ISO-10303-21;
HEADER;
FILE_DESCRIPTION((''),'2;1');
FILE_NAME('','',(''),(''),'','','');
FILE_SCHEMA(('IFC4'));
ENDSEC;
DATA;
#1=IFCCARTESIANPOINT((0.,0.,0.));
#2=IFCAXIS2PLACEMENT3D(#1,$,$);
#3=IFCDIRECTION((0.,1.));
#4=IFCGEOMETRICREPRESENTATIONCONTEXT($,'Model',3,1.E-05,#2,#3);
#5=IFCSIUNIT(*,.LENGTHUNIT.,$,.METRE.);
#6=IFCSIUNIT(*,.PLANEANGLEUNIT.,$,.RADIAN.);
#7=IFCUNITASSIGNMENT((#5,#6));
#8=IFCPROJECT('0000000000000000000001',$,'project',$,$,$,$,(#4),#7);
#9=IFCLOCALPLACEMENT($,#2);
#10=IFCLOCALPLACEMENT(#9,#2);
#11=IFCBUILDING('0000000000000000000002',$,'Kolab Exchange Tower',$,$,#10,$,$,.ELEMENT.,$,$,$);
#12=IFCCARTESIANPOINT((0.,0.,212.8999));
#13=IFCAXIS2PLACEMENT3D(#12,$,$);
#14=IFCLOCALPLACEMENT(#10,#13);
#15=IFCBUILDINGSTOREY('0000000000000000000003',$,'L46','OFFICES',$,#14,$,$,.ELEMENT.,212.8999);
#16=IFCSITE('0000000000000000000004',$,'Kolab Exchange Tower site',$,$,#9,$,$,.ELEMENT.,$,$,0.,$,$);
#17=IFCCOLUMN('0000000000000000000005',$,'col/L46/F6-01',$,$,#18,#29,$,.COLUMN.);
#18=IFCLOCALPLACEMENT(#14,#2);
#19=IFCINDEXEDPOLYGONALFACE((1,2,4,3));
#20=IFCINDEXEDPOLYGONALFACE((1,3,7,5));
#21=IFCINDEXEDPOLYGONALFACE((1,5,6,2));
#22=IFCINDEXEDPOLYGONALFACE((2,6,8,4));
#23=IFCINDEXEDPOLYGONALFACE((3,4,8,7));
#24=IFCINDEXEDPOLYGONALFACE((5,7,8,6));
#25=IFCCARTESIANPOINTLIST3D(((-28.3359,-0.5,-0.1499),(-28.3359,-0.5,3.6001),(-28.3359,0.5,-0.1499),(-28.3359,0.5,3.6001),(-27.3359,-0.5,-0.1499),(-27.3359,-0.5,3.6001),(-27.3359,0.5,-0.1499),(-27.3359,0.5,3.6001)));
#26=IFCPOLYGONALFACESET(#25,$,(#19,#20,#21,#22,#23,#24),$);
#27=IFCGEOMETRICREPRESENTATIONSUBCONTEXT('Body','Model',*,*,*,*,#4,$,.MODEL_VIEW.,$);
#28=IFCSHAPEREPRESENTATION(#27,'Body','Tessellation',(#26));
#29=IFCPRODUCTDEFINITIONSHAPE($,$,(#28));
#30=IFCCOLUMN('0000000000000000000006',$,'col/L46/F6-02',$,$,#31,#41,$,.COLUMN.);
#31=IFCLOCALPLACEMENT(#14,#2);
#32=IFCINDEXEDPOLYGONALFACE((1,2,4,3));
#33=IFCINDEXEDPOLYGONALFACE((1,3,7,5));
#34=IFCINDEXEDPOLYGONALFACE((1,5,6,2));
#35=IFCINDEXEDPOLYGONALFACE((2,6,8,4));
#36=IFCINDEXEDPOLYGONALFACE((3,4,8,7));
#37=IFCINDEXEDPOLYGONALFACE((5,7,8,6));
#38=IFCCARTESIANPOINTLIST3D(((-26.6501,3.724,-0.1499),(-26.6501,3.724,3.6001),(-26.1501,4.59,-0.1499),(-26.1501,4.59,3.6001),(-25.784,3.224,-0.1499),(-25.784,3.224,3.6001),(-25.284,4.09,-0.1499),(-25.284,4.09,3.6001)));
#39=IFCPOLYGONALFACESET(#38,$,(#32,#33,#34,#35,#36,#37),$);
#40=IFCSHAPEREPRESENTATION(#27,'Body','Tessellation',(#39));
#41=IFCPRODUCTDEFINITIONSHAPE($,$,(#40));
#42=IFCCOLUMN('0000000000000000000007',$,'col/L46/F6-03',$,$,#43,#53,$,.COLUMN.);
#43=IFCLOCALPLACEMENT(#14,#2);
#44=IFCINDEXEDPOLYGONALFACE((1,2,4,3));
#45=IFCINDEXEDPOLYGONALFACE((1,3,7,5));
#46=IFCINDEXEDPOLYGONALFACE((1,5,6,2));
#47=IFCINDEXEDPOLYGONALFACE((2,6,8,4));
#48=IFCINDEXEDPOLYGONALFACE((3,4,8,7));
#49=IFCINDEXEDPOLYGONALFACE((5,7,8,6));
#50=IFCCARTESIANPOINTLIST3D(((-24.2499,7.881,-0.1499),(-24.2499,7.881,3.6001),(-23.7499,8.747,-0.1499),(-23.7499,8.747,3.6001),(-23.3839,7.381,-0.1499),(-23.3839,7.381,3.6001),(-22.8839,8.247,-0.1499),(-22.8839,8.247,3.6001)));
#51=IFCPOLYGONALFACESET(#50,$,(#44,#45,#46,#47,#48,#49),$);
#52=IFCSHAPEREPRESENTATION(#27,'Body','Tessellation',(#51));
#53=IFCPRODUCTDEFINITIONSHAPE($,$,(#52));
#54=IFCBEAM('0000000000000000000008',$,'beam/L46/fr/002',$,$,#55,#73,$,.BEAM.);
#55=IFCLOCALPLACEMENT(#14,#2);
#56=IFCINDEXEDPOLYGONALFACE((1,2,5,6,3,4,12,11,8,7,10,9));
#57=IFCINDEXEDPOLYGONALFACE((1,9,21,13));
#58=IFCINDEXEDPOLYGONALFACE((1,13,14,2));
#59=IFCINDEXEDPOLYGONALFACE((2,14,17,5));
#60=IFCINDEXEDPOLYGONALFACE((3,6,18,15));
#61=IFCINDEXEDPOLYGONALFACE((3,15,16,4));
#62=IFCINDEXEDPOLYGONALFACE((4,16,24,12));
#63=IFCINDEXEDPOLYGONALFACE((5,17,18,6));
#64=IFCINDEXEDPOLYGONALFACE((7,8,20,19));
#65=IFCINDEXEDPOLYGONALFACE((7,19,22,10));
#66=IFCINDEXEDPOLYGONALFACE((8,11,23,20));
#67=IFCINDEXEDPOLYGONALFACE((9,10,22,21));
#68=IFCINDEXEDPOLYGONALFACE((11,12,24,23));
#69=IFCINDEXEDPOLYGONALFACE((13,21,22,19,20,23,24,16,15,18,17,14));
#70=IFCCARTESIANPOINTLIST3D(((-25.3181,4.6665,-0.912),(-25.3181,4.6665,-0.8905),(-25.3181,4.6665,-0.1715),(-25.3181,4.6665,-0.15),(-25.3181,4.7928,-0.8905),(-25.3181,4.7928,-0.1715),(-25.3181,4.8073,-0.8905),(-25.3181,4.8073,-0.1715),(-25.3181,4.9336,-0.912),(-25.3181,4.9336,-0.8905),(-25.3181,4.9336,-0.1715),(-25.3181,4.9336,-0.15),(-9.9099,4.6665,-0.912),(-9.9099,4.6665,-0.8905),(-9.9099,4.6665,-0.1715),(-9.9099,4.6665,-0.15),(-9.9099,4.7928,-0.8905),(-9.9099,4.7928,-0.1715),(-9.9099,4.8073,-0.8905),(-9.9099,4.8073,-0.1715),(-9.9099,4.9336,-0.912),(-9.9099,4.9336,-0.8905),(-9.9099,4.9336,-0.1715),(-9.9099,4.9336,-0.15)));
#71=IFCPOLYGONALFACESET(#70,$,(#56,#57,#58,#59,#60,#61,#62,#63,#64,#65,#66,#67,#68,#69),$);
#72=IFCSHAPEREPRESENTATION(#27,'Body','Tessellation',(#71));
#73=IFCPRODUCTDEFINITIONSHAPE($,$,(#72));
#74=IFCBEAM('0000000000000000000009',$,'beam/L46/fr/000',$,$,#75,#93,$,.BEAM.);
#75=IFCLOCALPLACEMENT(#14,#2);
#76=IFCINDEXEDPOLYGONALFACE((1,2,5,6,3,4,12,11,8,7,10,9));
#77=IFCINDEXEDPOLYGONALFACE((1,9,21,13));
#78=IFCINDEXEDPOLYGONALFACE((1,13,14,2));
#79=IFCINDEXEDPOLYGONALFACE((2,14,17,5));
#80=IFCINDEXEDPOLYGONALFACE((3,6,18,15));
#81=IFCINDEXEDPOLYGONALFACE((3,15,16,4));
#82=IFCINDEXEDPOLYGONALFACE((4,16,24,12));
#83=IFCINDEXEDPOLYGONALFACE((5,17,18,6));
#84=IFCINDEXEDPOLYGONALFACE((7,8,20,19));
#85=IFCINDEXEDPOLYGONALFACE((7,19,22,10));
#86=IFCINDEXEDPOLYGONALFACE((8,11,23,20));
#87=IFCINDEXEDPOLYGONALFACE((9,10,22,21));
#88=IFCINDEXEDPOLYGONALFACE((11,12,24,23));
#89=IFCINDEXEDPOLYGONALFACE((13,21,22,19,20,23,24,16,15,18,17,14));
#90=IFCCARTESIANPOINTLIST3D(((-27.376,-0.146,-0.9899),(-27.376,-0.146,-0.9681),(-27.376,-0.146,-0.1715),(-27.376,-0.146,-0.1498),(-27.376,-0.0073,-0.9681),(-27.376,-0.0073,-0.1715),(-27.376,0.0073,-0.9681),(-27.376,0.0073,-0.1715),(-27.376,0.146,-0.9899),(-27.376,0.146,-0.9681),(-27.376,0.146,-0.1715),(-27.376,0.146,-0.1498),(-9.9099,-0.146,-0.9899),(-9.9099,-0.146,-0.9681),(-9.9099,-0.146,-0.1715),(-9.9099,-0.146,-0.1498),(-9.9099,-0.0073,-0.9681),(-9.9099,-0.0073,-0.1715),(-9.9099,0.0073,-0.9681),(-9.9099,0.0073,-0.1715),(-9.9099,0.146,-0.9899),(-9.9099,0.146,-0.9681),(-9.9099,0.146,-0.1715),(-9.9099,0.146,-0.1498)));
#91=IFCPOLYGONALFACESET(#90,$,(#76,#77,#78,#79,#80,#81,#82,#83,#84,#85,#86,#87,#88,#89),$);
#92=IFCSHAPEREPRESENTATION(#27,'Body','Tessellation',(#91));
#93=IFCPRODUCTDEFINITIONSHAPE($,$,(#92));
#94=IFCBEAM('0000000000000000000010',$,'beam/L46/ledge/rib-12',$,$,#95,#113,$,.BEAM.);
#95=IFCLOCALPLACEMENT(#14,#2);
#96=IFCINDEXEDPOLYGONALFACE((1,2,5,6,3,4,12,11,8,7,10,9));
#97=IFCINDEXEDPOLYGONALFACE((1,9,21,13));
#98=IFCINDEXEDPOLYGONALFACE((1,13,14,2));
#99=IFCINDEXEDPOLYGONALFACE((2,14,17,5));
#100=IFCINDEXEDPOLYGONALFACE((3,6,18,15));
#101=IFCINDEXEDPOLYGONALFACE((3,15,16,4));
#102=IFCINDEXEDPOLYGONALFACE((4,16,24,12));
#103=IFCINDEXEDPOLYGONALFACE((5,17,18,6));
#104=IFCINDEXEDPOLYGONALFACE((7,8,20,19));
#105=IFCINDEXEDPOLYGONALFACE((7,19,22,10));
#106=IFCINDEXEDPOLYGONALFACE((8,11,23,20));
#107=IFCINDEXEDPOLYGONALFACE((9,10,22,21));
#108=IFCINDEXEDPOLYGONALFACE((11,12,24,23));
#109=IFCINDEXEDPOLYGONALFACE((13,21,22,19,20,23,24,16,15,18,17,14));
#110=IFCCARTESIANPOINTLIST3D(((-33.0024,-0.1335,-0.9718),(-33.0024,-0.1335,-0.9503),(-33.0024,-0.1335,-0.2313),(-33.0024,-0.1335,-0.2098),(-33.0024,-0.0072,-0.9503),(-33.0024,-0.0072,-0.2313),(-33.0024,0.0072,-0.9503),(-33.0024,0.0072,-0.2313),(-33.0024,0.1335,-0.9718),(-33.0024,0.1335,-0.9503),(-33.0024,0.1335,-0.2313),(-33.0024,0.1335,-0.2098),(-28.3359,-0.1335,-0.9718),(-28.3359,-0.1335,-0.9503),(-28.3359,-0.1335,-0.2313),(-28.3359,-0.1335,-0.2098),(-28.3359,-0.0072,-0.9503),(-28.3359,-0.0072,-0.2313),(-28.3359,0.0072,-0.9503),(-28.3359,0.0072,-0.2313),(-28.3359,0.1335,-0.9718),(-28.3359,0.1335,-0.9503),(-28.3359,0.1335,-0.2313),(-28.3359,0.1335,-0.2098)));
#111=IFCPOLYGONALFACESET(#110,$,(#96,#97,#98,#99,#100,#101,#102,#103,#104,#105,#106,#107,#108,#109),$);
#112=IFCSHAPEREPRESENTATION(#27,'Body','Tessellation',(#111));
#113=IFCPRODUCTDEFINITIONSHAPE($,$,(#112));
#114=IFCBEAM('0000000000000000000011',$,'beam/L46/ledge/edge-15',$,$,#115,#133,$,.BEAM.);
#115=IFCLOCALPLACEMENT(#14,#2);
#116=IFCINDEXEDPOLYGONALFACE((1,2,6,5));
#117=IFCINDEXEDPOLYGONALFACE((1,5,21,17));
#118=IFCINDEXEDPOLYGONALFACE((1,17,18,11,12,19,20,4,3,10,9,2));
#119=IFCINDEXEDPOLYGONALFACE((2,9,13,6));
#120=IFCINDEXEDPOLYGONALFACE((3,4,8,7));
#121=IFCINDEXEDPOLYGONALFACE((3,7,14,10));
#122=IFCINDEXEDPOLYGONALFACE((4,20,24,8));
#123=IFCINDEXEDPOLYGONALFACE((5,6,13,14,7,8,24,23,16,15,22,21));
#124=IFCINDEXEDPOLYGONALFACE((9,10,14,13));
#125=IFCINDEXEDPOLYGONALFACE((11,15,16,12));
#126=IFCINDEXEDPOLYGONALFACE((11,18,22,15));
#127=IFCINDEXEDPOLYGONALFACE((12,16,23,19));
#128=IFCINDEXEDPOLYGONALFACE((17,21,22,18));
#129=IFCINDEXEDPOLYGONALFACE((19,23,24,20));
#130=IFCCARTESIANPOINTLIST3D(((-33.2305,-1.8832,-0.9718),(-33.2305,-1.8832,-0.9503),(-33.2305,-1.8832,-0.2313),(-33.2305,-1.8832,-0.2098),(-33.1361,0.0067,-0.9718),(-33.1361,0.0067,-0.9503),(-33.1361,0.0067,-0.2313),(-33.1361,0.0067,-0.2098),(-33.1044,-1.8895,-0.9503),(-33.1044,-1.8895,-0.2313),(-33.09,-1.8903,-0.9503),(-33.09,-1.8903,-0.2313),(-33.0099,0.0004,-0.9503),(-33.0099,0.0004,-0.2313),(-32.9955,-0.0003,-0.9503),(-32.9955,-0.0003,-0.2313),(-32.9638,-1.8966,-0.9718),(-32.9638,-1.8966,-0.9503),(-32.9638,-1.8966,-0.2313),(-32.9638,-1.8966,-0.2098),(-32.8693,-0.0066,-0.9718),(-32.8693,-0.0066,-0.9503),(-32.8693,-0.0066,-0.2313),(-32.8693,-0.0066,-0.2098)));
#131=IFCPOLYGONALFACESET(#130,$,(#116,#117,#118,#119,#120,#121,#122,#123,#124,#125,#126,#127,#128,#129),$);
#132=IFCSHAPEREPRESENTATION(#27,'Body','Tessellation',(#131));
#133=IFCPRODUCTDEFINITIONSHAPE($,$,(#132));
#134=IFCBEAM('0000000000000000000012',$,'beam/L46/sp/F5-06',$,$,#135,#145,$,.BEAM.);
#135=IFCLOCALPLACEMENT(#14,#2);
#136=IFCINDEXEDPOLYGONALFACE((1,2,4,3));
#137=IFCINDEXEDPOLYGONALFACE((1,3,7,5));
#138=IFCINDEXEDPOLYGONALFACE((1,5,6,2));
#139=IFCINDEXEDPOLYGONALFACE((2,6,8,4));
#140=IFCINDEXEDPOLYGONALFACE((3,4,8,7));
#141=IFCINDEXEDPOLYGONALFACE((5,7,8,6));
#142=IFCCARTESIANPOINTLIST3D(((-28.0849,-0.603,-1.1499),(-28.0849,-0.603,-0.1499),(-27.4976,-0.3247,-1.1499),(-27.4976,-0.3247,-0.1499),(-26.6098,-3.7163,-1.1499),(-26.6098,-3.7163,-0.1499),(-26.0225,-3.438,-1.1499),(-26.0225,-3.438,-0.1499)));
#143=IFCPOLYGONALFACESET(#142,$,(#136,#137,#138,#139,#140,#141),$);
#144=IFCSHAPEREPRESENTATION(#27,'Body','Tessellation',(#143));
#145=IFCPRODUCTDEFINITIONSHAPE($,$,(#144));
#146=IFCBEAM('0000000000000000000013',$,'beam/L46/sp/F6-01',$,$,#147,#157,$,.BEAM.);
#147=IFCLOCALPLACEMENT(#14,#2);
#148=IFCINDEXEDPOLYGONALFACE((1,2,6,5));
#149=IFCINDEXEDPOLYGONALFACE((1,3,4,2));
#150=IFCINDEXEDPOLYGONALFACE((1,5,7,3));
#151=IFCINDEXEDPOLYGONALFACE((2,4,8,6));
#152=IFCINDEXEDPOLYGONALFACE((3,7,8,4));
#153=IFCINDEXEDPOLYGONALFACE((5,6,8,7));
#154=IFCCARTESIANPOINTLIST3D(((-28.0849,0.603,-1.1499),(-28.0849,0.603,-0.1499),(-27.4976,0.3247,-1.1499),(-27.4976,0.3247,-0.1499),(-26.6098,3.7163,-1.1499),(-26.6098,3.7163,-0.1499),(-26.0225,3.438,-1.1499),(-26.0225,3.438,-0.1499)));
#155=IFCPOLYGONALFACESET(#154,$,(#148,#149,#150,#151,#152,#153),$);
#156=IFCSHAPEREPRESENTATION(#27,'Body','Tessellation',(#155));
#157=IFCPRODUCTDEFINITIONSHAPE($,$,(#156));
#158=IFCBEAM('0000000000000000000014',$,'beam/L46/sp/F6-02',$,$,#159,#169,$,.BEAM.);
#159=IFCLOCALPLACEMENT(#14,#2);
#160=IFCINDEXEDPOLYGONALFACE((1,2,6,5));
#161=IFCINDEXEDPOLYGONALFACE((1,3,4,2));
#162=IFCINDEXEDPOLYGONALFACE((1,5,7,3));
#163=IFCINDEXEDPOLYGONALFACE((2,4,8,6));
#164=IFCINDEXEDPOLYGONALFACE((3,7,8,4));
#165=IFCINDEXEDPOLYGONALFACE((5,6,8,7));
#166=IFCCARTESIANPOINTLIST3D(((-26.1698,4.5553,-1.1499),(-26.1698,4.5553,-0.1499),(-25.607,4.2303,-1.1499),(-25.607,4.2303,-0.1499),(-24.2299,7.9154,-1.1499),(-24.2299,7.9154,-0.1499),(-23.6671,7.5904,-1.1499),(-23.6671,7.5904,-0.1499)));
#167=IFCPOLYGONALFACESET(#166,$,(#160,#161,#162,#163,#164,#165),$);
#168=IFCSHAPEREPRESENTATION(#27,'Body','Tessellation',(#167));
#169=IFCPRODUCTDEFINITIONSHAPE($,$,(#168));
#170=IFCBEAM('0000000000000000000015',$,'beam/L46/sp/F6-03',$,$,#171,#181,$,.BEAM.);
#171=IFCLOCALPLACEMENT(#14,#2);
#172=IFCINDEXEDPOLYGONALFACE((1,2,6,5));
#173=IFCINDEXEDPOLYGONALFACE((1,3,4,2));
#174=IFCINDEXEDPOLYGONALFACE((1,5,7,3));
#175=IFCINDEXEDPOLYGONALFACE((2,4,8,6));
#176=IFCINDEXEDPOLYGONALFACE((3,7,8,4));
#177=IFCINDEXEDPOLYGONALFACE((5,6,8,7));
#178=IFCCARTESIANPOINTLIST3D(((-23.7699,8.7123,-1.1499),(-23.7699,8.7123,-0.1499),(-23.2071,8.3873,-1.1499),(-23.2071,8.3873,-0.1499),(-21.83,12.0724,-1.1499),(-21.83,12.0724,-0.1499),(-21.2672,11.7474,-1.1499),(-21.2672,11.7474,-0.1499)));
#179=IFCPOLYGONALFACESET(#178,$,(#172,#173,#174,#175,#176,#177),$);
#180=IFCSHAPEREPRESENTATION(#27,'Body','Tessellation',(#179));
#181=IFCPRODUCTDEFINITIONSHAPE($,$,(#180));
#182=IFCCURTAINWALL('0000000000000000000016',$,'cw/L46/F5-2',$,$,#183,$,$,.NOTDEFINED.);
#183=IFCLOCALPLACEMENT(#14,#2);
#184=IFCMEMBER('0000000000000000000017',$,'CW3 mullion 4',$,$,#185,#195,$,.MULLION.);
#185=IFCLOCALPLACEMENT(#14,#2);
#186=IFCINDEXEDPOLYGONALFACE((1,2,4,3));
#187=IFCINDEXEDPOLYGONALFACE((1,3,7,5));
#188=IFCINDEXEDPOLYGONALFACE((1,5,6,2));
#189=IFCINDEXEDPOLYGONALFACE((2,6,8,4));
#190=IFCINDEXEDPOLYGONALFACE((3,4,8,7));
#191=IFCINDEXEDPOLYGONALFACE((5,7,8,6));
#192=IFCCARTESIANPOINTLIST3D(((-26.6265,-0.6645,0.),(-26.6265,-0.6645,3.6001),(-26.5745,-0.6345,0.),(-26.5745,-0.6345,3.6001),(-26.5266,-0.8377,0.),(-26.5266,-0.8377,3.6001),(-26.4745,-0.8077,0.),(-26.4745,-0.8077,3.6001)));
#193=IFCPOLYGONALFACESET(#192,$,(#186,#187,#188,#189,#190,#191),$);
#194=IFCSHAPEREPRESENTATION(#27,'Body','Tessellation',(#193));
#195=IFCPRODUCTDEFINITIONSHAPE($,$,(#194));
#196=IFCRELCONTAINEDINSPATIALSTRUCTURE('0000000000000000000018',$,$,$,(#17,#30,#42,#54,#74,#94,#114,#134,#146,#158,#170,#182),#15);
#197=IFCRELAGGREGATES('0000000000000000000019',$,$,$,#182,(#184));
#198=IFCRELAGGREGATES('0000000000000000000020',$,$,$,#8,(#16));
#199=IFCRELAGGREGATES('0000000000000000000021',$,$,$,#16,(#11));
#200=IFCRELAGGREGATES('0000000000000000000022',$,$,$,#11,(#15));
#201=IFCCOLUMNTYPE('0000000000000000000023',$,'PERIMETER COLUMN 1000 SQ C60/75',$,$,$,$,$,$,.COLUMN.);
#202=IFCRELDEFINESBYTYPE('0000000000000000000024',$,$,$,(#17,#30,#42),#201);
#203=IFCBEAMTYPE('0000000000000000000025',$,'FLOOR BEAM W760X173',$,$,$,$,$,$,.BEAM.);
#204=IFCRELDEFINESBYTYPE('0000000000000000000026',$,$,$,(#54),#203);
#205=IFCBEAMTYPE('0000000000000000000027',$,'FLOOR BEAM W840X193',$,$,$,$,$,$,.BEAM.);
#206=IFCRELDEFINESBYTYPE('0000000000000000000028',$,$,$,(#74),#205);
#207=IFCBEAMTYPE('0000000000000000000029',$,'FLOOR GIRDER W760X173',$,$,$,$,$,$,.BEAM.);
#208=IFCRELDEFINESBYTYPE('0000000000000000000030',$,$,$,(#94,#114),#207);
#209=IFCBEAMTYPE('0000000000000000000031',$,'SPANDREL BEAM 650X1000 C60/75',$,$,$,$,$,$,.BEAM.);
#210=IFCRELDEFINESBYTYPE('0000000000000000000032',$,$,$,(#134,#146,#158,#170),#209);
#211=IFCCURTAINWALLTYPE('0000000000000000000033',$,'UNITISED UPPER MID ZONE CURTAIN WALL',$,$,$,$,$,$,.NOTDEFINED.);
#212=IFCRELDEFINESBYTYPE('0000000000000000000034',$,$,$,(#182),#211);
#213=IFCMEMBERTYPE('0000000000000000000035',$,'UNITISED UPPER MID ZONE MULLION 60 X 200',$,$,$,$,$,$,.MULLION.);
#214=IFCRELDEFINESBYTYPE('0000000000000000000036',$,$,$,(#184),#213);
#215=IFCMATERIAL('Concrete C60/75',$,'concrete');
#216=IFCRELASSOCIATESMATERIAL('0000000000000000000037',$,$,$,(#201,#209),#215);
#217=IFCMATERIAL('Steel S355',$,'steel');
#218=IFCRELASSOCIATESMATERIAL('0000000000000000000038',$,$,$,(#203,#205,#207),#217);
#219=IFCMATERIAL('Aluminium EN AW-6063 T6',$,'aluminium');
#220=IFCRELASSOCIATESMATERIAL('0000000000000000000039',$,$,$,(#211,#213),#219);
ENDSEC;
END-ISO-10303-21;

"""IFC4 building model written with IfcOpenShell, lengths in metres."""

from ifc_helpers import new_model, si_unit, direction, frame, origin, origin_2d, place, context, subcontext, project, spatial, rectangle, i_section, extrude, material, material_profile, profile_set, type_object, element, aggregate, save


model = new_model("IFC4")

# Units and contexts
model_context = context("Model", 3, precision=1e-05, world=origin(), true_north=direction((0.0, 1.0)))
body_context = subcontext(model_context, "Body", "Model", "MODEL_VIEW")
ifc_project = project(units=[si_unit("LENGTHUNIT", "METRE"), si_unit("PLANEANGLEUNIT", "RADIAN")], contexts=[model_context])

# Site, building, storey
site_placement = place(None, origin())
site = spatial("IfcSite", under=ifc_project, at=site_placement, Name="Kolab Exchange Tower site", CompositionType="ELEMENT", RefElevation=0.0)
building_placement = place(site_placement, origin())
building = spatial("IfcBuilding", under=site, at=building_placement, Name="Kolab Exchange Tower", CompositionType="ELEMENT")
storey_placement = place(building_placement, frame((0.0, 0.0, 212.8999)))
storey = spatial("IfcBuildingStorey", under=building, at=storey_placement, Name="L46", Description="OFFICES", CompositionType="ELEMENT", Elevation=212.8999)

# Columns
ifc_material_1 = material(Name="Concrete C60/75", Category="concrete")
ifc_material_profile_1 = material_profile(ifc_material_1, rectangle(XDim=1.0, YDim=1.0, at=origin_2d()), Name="RC1000")
ifc_profile_set_1 = profile_set([ifc_material_profile_1], Name="Concrete C60/75")
column_type = type_object("IfcColumnType", Name="PERIMETER COLUMN 1000 SQ C60/75", PredefinedType="COLUMN", material=ifc_profile_set_1)
for number, where, z_axis, x_axis, name in (
    (1, (-27.8359, 0.0, -0.1499), (0.0, 0.0, 1.0), (1.0, 0.0, 0.0), "col/L46/F6-01"),
    (2, (-25.967, 3.907, -0.1499), (0.0, 0.0, 1.0), (0.5, 0.866025, 0.0), "col/L46/F6-02"),
    (3, (-23.5669, 8.064, -0.1499), (0.0, 0.0, 1.0), (0.5, 0.866025, 0.0), "col/L46/F6-03"),
):
    element("IfcColumn", number, at=place(storey_placement, frame(where, z_axis=z_axis, x_axis=x_axis)), inside=storey, type_object=column_type, Name=name, PredefinedType="COLUMN", context=body_context, shape_type="SweptSolid", body=[
        extrude(rectangle(XDim=1.0, YDim=1.0, at=origin_2d()), origin(), (0.0, 0.0, 1.0), 3.75),
    ])

# Beams
ifc_material_2 = material(Name="Steel S355", Category="steel")
ifc_material_profile_2 = material_profile(ifc_material_2, i_section(OverallWidth=0.2671, OverallDepth=0.762, WebThickness=0.0144, FlangeThickness=0.0215, at=origin_2d()), Name="W760X173")
ifc_profile_set_2 = profile_set([ifc_material_profile_2], Name="Steel S355")
beam_type_1 = type_object("IfcBeamType", Name="FLOOR BEAM W760X173", PredefinedType="BEAM", material=ifc_profile_set_2)
beam_1_placement = place(storey_placement, frame((-25.3181, 4.8, -0.531), z_axis=(1.0, 0.0, 0.0), x_axis=(0.0, 1.0, 0.0)))
element("IfcBeam", 4, at=beam_1_placement, inside=storey, type_object=beam_type_1, Name="beam/L46/fr/002", PredefinedType="BEAM", context=body_context, shape_type="SweptSolid", body=[
    extrude(i_section(OverallWidth=0.2671, OverallDepth=0.762, WebThickness=0.0144, FlangeThickness=0.0215, at=origin_2d()), origin(), (0.0, 0.0, 1.0), 15.4082),
])
ifc_material_profile_3 = material_profile(ifc_material_2, i_section(OverallWidth=0.292, OverallDepth=0.8401, WebThickness=0.0146, FlangeThickness=0.0217, at=origin_2d()), Name="W840X193")
ifc_profile_set_3 = profile_set([ifc_material_profile_3], Name="Steel S355")
beam_type_2 = type_object("IfcBeamType", Name="FLOOR BEAM W840X193", PredefinedType="BEAM", material=ifc_profile_set_3)
beam_2_placement = place(storey_placement, frame((-27.376, 0.0, -0.5698), z_axis=(1.0, 0.0, 0.0), x_axis=(0.0, 1.0, 0.0)))
element("IfcBeam", 5, at=beam_2_placement, inside=storey, type_object=beam_type_2, Name="beam/L46/fr/000", PredefinedType="BEAM", context=body_context, shape_type="SweptSolid", body=[
    extrude(i_section(OverallWidth=0.292, OverallDepth=0.8401, WebThickness=0.0146, FlangeThickness=0.0217, at=origin_2d()), origin(), (0.0, 0.0, 1.0), 17.4661),
])
ifc_material_profile_4 = material_profile(ifc_material_2, i_section(OverallWidth=0.2671, OverallDepth=0.762, WebThickness=0.0144, FlangeThickness=0.0215, at=origin_2d()), Name="W760X173")
ifc_profile_set_4 = profile_set([ifc_material_profile_4], Name="Steel S355")
beam_type_3 = type_object("IfcBeamType", Name="FLOOR GIRDER W760X173", PredefinedType="BEAM", material=ifc_profile_set_4)
beam_3_placement = place(storey_placement, frame((-28.3359, 0.0, -0.5908), z_axis=(-1.0, 0.0, 0.0), x_axis=(0.0, -1.0, 0.0)))
element("IfcBeam", 6, at=beam_3_placement, inside=storey, type_object=beam_type_3, Name="beam/L46/ledge/rib-12", PredefinedType="BEAM", context=body_context, shape_type="SweptSolid", body=[
    extrude(i_section(OverallWidth=0.2671, OverallDepth=0.762, WebThickness=0.0144, FlangeThickness=0.0215, at=origin_2d()), origin(), (0.0, 0.0, 1.0), 4.6665),
])
beam_4_placement = place(storey_placement, frame((-33.0972, -1.8899, -0.5908), z_axis=(0.049931, 0.998753, 0.0), x_axis=(-0.998753, 0.049931, 0.0)))
element("IfcBeam", 7, at=beam_4_placement, inside=storey, type_object=beam_type_3, Name="beam/L46/ledge/edge-15", PredefinedType="BEAM", context=body_context, shape_type="SweptSolid", body=[
    extrude(i_section(OverallWidth=0.2671, OverallDepth=0.762, WebThickness=0.0144, FlangeThickness=0.0215, at=origin_2d()), origin(), (0.0, 0.0, 1.0), 1.8923),
])
ifc_material_profile_5 = material_profile(ifc_material_1, rectangle(XDim=0.6499, YDim=1.0, at=origin_2d()), Name="RC650X1000")
ifc_profile_set_5 = profile_set([ifc_material_profile_5], Name="Concrete C60/75")
beam_type_4 = type_object("IfcBeamType", Name="SPANDREL BEAM 650X1000 C60/75", PredefinedType="BEAM", material=ifc_profile_set_5)
for number, where, z_axis, x_axis, name in (
    (8, (-26.3162, -3.5771, -0.6499), (-0.428178, 0.903695, 0.0), (-0.903695, -0.428178, 0.0), "beam/L46/sp/F5-06"),
    (9, (-27.7913, 0.4639, -0.6499), (0.428178, 0.903695, 0.0), (-0.903695, 0.428178, 0.0), "beam/L46/sp/F6-01"),
):
    element("IfcBeam", number, at=place(storey_placement, frame(where, z_axis=z_axis, x_axis=x_axis)), inside=storey, type_object=beam_type_4, Name=name, PredefinedType="BEAM", context=body_context, shape_type="SweptSolid", body=[
        extrude(rectangle(XDim=0.6499, YDim=1.0, at=origin_2d()), origin(), (0.0, 0.0, 1.0), 3.4451),
    ])
for number, where, z_axis, x_axis, name in (
    (10, (-25.8884, 4.3928, -0.6499), (0.499997, 0.866027, 0.0), (-0.866027, 0.499997, 0.0), "beam/L46/sp/F6-02"),
    (11, (-23.4885, 8.5498, -0.6499), (0.499997, 0.866027, 0.0), (-0.866027, 0.499997, 0.0), "beam/L46/sp/F6-03"),
):
    element("IfcBeam", number, at=place(storey_placement, frame(where, z_axis=z_axis, x_axis=x_axis)), inside=storey, type_object=beam_type_4, Name=name, PredefinedType="BEAM", context=body_context, shape_type="SweptSolid", body=[
        extrude(rectangle(XDim=0.6499, YDim=1.0, at=origin_2d()), origin(), (0.0, 0.0, 1.0), 3.8799),
    ])

# Curtain wall, member
ifc_material_3 = material(Name="Aluminium EN AW-6063 T6", Category="aluminium")
curtain_wall_type = type_object("IfcCurtainWallType", Name="UNITISED UPPER MID ZONE CURTAIN WALL", PredefinedType="NOTDEFINED", material=ifc_material_3)
curtain_wall_1_placement = place(storey_placement, origin())
curtain_wall_1 = element("IfcCurtainWall", 12, at=curtain_wall_1_placement, inside=storey, type_object=curtain_wall_type, Name="cw/L46/F5-2", PredefinedType="NOTDEFINED")
ifc_material_profile_6 = material_profile(ifc_material_3, rectangle(XDim=0.0601, YDim=0.2, at=origin_2d()), Name="RECT 60X200")
ifc_profile_set_6 = profile_set([ifc_material_profile_6], Name="Aluminium EN AW-6063 T6")
member_type_1 = type_object("IfcMemberType", Name="UNITISED UPPER MID ZONE MULLION 60 X 200", PredefinedType="MULLION", material=ifc_profile_set_6)
member_1_placement = place(storey_placement, frame((-26.5505, -0.7361, 0.0), z_axis=(0.0, 0.0, 1.0), x_axis=(-0.866025, -0.5, 0.0)))
member_1 = element("IfcMember", 13, at=member_1_placement, type_object=member_type_1, Name="CW3 mullion 4", PredefinedType="MULLION", context=body_context, shape_type="SweptSolid", body=[
    extrude(rectangle(XDim=0.0601, YDim=0.2, at=origin_2d()), origin(), (0.0, 0.0, 1.0), 3.6001),
])

aggregate(curtain_wall_1, [member_1])

save(model, "model.ifc")
